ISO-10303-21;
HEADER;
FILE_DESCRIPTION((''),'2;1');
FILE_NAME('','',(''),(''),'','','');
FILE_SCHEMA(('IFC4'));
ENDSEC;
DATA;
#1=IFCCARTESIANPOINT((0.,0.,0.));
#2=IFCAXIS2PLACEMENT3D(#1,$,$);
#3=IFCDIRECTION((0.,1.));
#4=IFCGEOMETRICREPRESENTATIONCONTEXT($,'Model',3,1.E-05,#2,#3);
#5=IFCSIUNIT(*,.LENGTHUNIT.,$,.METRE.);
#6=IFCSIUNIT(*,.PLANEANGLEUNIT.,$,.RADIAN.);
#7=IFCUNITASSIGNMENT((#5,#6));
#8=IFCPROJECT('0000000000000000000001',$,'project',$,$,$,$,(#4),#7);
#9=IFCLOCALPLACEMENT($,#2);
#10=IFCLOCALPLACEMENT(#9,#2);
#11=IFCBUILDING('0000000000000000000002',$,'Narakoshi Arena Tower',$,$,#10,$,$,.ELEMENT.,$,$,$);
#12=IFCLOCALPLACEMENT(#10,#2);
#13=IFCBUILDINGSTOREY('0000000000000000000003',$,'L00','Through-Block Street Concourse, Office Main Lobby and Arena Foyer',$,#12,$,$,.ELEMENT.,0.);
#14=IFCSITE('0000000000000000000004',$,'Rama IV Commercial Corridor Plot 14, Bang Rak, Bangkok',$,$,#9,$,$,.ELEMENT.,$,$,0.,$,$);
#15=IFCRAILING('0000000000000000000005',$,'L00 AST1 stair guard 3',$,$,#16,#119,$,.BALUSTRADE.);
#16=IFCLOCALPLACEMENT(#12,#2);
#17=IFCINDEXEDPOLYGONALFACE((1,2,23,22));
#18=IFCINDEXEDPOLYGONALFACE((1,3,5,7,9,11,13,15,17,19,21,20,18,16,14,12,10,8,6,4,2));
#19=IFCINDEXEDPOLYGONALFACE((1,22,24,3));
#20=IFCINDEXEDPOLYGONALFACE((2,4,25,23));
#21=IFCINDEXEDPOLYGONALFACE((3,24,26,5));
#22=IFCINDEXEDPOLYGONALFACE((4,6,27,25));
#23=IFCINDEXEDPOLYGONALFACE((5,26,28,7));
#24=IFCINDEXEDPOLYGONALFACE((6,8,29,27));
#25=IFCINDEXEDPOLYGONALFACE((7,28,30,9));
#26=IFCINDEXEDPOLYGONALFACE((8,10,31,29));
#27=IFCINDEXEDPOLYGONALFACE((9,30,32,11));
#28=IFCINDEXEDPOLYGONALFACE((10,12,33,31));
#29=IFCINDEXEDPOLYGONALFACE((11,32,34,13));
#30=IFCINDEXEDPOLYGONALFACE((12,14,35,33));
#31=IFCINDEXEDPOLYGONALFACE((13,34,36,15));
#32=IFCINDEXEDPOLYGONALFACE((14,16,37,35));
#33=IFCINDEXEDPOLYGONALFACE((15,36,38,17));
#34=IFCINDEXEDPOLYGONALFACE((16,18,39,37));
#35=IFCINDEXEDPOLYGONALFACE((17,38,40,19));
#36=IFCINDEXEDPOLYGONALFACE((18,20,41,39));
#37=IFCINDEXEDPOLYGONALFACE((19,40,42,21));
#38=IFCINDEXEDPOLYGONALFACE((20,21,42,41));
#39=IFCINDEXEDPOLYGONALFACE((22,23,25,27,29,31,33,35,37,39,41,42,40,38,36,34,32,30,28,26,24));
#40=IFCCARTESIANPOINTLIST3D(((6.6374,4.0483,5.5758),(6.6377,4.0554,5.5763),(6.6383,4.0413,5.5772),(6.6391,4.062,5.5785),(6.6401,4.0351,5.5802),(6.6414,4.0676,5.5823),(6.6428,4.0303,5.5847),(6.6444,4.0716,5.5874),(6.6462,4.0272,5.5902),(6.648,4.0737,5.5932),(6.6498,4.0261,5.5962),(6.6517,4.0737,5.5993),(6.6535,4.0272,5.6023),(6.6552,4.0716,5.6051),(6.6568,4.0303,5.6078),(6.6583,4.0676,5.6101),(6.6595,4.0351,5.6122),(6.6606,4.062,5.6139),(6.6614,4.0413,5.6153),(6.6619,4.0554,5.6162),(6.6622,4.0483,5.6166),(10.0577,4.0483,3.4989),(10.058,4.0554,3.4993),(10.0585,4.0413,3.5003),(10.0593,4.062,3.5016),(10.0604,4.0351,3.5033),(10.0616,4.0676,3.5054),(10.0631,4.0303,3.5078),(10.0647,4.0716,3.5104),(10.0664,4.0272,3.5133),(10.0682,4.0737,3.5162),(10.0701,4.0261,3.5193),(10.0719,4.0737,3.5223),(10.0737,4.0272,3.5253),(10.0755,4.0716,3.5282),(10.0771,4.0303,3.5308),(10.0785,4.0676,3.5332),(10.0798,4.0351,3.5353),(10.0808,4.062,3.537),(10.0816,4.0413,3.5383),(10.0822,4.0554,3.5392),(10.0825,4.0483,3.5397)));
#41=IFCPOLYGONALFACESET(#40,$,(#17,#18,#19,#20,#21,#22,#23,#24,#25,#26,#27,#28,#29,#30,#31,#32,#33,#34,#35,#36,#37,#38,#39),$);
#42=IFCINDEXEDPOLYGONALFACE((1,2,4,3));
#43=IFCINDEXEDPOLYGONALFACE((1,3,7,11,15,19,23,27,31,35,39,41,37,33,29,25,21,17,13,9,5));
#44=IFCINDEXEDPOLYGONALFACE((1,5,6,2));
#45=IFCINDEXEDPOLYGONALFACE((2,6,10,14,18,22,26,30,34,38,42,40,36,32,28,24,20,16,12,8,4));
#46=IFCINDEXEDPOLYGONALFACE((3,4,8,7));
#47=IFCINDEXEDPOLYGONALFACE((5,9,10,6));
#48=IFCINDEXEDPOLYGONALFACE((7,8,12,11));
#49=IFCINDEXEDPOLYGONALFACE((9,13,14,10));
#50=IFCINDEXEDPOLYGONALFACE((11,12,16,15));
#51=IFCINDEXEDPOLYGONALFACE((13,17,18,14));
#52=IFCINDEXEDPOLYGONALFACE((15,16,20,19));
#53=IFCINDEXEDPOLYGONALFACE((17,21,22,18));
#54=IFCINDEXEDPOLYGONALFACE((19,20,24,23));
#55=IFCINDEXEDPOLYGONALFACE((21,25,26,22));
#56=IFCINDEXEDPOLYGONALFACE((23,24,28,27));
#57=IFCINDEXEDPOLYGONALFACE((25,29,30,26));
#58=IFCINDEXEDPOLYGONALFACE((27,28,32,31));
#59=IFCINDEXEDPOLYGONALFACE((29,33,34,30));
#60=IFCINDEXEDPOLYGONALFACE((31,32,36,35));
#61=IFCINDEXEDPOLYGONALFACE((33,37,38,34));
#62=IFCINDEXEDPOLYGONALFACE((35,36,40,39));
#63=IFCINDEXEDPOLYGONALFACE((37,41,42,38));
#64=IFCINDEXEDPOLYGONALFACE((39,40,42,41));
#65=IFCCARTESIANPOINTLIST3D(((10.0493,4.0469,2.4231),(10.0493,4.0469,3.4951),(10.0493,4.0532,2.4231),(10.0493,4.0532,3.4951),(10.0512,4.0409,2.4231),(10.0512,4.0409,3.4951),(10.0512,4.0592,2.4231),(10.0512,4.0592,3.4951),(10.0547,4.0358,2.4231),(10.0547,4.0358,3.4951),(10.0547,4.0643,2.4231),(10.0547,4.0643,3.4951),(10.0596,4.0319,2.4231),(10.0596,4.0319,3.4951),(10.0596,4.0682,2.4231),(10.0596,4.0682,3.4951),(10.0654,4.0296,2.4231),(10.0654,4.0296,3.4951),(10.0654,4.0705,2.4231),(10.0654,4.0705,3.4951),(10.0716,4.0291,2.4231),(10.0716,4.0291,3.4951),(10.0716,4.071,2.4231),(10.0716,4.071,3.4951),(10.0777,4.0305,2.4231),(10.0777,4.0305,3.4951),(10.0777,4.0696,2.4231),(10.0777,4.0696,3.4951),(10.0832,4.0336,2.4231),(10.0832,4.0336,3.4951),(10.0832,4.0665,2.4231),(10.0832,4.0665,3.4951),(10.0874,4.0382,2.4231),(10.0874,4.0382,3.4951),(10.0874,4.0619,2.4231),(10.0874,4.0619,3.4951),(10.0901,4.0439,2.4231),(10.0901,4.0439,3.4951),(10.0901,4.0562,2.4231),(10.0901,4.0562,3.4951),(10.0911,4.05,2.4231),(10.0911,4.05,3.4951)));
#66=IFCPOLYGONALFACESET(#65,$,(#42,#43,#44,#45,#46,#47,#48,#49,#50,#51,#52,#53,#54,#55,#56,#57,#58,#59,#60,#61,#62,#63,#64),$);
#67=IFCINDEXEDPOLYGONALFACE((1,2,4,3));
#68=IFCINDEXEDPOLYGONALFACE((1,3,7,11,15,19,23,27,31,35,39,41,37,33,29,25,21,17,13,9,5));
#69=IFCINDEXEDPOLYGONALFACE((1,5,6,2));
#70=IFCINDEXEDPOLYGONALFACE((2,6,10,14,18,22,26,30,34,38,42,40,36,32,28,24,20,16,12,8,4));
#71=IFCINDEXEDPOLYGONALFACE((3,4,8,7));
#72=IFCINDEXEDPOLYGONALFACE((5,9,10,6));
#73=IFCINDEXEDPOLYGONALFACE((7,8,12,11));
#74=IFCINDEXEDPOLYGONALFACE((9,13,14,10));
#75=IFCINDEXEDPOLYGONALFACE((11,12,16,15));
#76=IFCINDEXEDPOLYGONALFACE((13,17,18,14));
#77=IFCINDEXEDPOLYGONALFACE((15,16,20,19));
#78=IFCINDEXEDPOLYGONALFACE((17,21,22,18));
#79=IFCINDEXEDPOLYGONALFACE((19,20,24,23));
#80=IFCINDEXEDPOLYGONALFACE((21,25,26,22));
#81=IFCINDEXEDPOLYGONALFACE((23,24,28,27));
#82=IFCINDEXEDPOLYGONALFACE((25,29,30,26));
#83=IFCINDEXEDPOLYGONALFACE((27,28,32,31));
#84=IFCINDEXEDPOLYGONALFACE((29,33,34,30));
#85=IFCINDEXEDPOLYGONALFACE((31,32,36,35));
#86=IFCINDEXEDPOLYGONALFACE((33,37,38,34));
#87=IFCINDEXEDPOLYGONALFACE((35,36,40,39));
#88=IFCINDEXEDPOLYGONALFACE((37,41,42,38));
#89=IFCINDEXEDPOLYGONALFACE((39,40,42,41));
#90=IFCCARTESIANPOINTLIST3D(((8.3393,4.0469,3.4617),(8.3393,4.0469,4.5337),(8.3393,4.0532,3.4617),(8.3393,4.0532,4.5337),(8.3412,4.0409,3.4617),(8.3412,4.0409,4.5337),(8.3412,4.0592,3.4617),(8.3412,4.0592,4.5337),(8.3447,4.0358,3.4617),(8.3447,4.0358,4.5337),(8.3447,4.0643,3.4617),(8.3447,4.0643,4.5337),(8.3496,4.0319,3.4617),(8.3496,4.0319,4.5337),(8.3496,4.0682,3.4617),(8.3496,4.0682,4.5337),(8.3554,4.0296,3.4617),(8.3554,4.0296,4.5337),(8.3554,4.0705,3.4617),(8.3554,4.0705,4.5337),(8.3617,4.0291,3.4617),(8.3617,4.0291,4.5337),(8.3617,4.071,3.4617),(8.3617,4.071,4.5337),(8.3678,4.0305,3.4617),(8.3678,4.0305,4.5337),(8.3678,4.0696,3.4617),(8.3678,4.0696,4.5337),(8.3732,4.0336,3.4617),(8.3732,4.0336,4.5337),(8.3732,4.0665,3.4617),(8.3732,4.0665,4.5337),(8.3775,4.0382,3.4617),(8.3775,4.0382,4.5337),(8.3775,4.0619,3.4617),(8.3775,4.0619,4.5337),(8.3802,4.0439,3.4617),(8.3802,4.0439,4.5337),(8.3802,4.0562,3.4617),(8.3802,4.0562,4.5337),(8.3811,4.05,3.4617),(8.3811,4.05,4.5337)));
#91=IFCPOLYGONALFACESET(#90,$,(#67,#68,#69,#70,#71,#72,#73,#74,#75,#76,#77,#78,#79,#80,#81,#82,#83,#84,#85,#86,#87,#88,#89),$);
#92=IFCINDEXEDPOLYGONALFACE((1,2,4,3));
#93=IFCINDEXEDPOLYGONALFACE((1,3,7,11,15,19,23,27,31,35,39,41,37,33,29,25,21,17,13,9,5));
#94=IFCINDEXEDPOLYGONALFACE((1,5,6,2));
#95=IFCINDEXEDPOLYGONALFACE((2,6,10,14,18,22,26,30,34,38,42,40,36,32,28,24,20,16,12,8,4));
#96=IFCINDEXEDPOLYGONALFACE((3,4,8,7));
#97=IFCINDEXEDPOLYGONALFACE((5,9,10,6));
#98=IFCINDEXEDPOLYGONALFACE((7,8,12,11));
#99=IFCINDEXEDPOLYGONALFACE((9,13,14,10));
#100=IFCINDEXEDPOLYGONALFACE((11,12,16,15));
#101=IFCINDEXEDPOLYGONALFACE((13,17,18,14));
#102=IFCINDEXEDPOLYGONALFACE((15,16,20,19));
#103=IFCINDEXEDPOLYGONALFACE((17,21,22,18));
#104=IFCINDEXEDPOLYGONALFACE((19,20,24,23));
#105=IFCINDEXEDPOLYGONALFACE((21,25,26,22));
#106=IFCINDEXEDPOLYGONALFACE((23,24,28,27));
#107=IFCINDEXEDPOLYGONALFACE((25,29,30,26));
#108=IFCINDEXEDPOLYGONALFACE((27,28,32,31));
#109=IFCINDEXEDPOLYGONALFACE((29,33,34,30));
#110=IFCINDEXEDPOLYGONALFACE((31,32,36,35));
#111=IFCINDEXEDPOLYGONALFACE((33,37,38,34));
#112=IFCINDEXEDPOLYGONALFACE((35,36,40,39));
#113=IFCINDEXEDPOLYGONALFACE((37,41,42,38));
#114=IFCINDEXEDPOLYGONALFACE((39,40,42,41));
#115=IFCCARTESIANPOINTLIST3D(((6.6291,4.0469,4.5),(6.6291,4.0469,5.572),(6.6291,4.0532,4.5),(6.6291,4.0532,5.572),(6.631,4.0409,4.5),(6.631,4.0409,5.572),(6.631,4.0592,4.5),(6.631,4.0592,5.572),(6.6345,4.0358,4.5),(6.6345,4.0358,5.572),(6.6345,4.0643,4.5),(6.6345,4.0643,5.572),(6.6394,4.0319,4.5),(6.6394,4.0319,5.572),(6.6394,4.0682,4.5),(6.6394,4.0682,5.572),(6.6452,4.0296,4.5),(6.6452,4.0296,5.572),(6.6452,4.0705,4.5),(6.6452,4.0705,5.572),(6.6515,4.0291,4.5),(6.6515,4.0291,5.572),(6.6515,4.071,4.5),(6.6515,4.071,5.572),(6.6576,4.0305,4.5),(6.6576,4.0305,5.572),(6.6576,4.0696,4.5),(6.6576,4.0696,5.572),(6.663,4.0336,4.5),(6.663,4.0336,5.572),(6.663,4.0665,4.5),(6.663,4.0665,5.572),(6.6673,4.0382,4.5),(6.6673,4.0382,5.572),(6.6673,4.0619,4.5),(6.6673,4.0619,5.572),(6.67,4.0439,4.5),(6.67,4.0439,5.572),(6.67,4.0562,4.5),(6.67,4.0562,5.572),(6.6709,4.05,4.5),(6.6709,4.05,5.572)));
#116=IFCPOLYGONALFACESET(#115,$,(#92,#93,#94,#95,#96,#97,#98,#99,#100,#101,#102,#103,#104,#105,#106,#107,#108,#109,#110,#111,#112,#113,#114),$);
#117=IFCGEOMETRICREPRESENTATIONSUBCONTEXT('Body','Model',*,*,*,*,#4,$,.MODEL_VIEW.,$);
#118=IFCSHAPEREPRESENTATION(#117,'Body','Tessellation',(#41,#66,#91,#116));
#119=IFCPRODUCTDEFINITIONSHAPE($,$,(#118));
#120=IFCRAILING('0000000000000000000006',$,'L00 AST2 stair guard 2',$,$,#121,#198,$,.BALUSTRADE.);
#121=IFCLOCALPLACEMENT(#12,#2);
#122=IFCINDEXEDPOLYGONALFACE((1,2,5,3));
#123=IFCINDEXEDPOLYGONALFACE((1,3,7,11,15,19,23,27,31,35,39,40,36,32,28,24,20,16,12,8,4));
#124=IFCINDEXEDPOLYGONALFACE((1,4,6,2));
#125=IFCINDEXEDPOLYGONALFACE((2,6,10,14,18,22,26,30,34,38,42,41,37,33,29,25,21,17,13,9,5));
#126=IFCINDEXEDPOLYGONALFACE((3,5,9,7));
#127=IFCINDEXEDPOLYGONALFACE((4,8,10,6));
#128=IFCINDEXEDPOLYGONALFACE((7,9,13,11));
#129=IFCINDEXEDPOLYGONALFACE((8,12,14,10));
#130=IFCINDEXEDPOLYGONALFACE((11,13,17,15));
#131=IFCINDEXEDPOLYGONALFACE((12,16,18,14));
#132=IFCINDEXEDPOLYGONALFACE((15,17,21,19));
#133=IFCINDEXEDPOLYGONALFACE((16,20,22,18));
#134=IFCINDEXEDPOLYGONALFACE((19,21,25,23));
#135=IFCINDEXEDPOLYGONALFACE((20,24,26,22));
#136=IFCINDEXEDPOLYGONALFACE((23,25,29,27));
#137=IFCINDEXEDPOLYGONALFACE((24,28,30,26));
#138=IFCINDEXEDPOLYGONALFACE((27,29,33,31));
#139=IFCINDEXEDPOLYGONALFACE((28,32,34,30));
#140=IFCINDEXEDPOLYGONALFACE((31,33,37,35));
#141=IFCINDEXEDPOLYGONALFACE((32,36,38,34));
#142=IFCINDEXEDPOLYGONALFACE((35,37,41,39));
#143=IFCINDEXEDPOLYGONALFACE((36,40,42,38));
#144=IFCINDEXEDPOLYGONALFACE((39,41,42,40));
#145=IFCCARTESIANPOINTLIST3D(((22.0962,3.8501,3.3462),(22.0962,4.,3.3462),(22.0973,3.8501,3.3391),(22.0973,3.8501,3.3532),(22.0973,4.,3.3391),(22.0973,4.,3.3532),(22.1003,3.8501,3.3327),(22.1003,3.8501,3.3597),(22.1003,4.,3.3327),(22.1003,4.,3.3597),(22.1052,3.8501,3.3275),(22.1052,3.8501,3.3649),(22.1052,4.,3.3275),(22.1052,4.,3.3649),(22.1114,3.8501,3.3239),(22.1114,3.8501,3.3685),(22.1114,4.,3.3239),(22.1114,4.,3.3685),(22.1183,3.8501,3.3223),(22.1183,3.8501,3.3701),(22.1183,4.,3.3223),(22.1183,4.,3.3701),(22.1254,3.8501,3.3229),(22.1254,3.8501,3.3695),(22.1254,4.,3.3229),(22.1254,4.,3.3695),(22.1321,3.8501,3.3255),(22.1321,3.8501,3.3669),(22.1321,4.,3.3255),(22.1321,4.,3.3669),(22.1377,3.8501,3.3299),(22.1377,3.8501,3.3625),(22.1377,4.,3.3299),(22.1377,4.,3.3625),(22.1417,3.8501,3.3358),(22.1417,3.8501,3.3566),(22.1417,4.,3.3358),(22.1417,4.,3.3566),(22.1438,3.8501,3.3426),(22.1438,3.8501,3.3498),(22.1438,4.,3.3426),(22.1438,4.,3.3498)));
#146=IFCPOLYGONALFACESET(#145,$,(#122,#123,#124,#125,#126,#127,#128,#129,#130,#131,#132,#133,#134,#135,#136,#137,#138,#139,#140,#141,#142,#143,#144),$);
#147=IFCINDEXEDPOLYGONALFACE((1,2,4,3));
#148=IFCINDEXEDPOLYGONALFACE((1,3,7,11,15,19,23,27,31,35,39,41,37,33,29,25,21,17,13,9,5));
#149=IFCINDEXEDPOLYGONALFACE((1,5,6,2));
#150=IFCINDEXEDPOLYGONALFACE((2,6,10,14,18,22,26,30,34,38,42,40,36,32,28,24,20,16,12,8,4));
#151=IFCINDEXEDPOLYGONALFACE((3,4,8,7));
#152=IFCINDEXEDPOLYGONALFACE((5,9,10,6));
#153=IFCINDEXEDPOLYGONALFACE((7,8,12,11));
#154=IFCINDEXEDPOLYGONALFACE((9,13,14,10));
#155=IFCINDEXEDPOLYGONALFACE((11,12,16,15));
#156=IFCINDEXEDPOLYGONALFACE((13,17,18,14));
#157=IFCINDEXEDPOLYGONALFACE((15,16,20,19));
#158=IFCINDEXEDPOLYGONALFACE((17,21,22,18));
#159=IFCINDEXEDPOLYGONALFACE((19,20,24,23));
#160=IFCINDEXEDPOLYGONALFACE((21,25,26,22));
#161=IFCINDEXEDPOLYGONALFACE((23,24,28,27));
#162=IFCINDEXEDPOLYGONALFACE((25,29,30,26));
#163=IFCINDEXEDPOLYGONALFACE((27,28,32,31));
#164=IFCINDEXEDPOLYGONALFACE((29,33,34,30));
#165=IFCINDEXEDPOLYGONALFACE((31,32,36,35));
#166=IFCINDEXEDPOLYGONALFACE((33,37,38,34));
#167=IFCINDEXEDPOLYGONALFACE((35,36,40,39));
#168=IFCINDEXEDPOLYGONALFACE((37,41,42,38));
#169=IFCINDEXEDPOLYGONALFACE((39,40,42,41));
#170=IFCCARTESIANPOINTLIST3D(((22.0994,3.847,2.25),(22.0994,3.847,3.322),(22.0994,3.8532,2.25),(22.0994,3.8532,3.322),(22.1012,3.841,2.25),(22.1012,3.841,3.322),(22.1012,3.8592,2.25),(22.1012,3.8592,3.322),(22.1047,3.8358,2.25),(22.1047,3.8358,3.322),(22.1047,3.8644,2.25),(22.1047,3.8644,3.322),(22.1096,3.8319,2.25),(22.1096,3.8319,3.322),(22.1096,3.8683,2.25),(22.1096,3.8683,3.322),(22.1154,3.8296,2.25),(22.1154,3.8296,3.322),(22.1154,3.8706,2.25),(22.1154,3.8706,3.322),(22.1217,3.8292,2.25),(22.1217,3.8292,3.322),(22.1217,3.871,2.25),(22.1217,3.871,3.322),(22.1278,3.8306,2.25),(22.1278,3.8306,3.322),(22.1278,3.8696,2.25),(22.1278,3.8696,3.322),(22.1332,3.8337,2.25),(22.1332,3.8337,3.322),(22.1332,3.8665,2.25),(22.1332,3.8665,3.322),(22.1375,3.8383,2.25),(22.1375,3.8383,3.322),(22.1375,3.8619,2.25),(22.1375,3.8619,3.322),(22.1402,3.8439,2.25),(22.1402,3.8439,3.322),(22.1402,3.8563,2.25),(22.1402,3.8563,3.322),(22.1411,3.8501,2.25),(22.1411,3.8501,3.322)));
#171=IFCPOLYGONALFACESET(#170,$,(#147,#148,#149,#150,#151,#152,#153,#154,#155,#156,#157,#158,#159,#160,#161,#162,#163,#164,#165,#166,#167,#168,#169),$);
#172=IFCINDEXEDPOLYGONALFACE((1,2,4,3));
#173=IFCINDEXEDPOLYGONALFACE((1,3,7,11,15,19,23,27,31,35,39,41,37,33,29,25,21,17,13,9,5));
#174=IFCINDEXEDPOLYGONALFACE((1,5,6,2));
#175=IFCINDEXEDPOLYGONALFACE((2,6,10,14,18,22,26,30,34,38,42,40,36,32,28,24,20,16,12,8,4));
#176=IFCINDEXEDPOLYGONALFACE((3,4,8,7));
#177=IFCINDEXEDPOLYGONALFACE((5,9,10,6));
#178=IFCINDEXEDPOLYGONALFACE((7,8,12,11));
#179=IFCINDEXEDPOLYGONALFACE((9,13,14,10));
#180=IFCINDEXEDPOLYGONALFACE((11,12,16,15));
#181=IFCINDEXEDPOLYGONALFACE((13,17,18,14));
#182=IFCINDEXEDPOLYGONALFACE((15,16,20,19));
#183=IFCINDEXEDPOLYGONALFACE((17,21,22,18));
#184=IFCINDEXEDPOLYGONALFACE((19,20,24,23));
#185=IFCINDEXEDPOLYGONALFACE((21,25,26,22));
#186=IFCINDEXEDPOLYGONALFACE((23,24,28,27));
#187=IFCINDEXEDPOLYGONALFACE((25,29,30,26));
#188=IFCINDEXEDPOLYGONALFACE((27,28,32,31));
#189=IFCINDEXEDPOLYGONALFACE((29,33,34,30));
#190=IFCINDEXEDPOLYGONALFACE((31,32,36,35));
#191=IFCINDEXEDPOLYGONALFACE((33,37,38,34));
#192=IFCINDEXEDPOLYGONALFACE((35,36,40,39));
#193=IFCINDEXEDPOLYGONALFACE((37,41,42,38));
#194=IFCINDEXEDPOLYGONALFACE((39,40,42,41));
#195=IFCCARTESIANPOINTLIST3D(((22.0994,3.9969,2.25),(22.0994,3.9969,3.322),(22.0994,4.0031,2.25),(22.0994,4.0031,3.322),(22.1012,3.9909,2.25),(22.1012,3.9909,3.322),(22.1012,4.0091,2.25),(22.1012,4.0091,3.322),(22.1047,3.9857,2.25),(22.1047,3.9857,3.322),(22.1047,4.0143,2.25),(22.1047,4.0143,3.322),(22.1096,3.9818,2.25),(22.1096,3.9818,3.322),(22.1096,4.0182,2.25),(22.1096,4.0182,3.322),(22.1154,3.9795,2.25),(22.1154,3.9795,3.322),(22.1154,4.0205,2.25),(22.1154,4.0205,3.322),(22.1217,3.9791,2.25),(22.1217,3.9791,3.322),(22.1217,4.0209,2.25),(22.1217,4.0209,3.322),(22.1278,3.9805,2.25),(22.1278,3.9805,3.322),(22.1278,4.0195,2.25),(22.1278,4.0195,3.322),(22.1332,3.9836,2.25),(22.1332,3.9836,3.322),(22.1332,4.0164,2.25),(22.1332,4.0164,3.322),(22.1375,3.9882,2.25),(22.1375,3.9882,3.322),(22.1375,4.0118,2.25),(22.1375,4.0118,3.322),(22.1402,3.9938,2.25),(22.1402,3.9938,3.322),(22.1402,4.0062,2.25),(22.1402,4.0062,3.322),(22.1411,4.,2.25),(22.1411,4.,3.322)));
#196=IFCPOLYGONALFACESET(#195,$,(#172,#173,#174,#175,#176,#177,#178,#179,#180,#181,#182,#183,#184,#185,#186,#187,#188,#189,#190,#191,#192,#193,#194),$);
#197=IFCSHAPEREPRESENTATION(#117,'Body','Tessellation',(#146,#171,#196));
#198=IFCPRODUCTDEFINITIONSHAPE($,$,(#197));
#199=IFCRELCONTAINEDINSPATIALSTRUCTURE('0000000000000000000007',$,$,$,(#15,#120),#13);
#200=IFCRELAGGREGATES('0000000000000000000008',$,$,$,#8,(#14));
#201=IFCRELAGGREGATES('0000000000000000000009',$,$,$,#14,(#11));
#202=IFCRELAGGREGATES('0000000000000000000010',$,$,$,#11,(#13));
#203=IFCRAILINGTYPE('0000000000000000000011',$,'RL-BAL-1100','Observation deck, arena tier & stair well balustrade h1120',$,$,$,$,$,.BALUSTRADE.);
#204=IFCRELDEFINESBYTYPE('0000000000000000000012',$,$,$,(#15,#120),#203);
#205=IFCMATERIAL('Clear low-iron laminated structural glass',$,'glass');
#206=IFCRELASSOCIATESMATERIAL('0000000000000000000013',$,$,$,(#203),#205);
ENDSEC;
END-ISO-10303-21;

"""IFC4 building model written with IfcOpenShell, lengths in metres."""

from ifc_helpers import new_model, si_unit, direction, frame, origin, origin_2d, place, context, subcontext, project, spatial, circle, extrude, material, type_object, element, save


model = new_model("IFC4")

# Units and contexts
model_context = context("Model", 3, precision=1e-05, world=origin(), true_north=direction((0.0, 1.0)))
body_context = subcontext(model_context, "Body", "Model", "MODEL_VIEW")
ifc_project = project(units=[si_unit("LENGTHUNIT", "METRE"), si_unit("PLANEANGLEUNIT", "RADIAN")], contexts=[model_context])

# Site, building, storey
site_placement = place(None, origin())
site = spatial("IfcSite", under=ifc_project, at=site_placement, Name="Rama IV Commercial Corridor Plot 14, Bang Rak, Bangkok", CompositionType="ELEMENT", RefElevation=0.0)
building_placement = place(site_placement, origin())
building = spatial("IfcBuilding", under=site, at=building_placement, Name="Narakoshi Arena Tower", CompositionType="ELEMENT")
storey_placement = place(building_placement, origin())
storey = spatial("IfcBuildingStorey", under=building, at=storey_placement, Name="L00", Description="Through-Block Street Concourse, Office Main Lobby and Arena Foyer", CompositionType="ELEMENT", Elevation=0.0)

# Railings
ifc_material_1 = material(Name="Clear low-iron laminated structural glass", Category="glass")
railing_type_1 = type_object("IfcRailingType", Name="RL-BAL-1100", Description="Observation deck, arena tier & stair well balustrade h1120", PredefinedType="BALUSTRADE", material=ifc_material_1)
railing_1_placement = place(storey_placement, frame((10.0701, 4.05, 2.4231)))
element("IfcRailing", 1, at=railing_1_placement, inside=storey, type_object=railing_type_1, Name="L00 AST1 stair guard 3", PredefinedType="BALUSTRADE", context=body_context, shape_type="SweptSolid", body=[
    extrude(circle(Radius=0.0239, at=origin_2d()), frame((0.0, 0.0, 1.0962), z_axis=(-0.854746, 0.0, 0.519047), x_axis=(0.0, -1.0, 0.0)), (0.0, 0.0, 1.0), 4.0015),
    extrude(circle(Radius=0.021, at=origin_2d()), origin(), (0.0, 0.0, 1.0), 1.072),
    extrude(circle(Radius=0.021, at=origin_2d()), frame((-1.71, 0.0, 1.0386)), (0.0, 0.0, 1.0), 1.072),
    extrude(circle(Radius=0.021, at=origin_2d()), frame((-3.4202, 0.0, 2.0769)), (0.0, 0.0, 1.0), 1.072),
])
railing_2_placement = place(storey_placement, frame((22.1201, 3.8501, 2.25)))
element("IfcRailing", 2, at=railing_2_placement, inside=storey, type_object=railing_type_1, Name="L00 AST2 stair guard 2", PredefinedType="BALUSTRADE", context=body_context, shape_type="SweptSolid", body=[
    extrude(circle(Radius=0.0239, at=origin_2d()), frame((0.0, 0.0, 1.0962), z_axis=(0.0, 1.0, 0.0), x_axis=(-1.0, 0.0, 0.0)), (0.0, 0.0, 1.0), 0.1499),
    extrude(circle(Radius=0.021, at=origin_2d()), origin(), (0.0, 0.0, 1.0), 1.072),
    extrude(circle(Radius=0.021, at=origin_2d()), frame((0.0, 0.1499, 0.0)), (0.0, 0.0, 1.0), 1.072),
])

save(model, "model.ifc")
